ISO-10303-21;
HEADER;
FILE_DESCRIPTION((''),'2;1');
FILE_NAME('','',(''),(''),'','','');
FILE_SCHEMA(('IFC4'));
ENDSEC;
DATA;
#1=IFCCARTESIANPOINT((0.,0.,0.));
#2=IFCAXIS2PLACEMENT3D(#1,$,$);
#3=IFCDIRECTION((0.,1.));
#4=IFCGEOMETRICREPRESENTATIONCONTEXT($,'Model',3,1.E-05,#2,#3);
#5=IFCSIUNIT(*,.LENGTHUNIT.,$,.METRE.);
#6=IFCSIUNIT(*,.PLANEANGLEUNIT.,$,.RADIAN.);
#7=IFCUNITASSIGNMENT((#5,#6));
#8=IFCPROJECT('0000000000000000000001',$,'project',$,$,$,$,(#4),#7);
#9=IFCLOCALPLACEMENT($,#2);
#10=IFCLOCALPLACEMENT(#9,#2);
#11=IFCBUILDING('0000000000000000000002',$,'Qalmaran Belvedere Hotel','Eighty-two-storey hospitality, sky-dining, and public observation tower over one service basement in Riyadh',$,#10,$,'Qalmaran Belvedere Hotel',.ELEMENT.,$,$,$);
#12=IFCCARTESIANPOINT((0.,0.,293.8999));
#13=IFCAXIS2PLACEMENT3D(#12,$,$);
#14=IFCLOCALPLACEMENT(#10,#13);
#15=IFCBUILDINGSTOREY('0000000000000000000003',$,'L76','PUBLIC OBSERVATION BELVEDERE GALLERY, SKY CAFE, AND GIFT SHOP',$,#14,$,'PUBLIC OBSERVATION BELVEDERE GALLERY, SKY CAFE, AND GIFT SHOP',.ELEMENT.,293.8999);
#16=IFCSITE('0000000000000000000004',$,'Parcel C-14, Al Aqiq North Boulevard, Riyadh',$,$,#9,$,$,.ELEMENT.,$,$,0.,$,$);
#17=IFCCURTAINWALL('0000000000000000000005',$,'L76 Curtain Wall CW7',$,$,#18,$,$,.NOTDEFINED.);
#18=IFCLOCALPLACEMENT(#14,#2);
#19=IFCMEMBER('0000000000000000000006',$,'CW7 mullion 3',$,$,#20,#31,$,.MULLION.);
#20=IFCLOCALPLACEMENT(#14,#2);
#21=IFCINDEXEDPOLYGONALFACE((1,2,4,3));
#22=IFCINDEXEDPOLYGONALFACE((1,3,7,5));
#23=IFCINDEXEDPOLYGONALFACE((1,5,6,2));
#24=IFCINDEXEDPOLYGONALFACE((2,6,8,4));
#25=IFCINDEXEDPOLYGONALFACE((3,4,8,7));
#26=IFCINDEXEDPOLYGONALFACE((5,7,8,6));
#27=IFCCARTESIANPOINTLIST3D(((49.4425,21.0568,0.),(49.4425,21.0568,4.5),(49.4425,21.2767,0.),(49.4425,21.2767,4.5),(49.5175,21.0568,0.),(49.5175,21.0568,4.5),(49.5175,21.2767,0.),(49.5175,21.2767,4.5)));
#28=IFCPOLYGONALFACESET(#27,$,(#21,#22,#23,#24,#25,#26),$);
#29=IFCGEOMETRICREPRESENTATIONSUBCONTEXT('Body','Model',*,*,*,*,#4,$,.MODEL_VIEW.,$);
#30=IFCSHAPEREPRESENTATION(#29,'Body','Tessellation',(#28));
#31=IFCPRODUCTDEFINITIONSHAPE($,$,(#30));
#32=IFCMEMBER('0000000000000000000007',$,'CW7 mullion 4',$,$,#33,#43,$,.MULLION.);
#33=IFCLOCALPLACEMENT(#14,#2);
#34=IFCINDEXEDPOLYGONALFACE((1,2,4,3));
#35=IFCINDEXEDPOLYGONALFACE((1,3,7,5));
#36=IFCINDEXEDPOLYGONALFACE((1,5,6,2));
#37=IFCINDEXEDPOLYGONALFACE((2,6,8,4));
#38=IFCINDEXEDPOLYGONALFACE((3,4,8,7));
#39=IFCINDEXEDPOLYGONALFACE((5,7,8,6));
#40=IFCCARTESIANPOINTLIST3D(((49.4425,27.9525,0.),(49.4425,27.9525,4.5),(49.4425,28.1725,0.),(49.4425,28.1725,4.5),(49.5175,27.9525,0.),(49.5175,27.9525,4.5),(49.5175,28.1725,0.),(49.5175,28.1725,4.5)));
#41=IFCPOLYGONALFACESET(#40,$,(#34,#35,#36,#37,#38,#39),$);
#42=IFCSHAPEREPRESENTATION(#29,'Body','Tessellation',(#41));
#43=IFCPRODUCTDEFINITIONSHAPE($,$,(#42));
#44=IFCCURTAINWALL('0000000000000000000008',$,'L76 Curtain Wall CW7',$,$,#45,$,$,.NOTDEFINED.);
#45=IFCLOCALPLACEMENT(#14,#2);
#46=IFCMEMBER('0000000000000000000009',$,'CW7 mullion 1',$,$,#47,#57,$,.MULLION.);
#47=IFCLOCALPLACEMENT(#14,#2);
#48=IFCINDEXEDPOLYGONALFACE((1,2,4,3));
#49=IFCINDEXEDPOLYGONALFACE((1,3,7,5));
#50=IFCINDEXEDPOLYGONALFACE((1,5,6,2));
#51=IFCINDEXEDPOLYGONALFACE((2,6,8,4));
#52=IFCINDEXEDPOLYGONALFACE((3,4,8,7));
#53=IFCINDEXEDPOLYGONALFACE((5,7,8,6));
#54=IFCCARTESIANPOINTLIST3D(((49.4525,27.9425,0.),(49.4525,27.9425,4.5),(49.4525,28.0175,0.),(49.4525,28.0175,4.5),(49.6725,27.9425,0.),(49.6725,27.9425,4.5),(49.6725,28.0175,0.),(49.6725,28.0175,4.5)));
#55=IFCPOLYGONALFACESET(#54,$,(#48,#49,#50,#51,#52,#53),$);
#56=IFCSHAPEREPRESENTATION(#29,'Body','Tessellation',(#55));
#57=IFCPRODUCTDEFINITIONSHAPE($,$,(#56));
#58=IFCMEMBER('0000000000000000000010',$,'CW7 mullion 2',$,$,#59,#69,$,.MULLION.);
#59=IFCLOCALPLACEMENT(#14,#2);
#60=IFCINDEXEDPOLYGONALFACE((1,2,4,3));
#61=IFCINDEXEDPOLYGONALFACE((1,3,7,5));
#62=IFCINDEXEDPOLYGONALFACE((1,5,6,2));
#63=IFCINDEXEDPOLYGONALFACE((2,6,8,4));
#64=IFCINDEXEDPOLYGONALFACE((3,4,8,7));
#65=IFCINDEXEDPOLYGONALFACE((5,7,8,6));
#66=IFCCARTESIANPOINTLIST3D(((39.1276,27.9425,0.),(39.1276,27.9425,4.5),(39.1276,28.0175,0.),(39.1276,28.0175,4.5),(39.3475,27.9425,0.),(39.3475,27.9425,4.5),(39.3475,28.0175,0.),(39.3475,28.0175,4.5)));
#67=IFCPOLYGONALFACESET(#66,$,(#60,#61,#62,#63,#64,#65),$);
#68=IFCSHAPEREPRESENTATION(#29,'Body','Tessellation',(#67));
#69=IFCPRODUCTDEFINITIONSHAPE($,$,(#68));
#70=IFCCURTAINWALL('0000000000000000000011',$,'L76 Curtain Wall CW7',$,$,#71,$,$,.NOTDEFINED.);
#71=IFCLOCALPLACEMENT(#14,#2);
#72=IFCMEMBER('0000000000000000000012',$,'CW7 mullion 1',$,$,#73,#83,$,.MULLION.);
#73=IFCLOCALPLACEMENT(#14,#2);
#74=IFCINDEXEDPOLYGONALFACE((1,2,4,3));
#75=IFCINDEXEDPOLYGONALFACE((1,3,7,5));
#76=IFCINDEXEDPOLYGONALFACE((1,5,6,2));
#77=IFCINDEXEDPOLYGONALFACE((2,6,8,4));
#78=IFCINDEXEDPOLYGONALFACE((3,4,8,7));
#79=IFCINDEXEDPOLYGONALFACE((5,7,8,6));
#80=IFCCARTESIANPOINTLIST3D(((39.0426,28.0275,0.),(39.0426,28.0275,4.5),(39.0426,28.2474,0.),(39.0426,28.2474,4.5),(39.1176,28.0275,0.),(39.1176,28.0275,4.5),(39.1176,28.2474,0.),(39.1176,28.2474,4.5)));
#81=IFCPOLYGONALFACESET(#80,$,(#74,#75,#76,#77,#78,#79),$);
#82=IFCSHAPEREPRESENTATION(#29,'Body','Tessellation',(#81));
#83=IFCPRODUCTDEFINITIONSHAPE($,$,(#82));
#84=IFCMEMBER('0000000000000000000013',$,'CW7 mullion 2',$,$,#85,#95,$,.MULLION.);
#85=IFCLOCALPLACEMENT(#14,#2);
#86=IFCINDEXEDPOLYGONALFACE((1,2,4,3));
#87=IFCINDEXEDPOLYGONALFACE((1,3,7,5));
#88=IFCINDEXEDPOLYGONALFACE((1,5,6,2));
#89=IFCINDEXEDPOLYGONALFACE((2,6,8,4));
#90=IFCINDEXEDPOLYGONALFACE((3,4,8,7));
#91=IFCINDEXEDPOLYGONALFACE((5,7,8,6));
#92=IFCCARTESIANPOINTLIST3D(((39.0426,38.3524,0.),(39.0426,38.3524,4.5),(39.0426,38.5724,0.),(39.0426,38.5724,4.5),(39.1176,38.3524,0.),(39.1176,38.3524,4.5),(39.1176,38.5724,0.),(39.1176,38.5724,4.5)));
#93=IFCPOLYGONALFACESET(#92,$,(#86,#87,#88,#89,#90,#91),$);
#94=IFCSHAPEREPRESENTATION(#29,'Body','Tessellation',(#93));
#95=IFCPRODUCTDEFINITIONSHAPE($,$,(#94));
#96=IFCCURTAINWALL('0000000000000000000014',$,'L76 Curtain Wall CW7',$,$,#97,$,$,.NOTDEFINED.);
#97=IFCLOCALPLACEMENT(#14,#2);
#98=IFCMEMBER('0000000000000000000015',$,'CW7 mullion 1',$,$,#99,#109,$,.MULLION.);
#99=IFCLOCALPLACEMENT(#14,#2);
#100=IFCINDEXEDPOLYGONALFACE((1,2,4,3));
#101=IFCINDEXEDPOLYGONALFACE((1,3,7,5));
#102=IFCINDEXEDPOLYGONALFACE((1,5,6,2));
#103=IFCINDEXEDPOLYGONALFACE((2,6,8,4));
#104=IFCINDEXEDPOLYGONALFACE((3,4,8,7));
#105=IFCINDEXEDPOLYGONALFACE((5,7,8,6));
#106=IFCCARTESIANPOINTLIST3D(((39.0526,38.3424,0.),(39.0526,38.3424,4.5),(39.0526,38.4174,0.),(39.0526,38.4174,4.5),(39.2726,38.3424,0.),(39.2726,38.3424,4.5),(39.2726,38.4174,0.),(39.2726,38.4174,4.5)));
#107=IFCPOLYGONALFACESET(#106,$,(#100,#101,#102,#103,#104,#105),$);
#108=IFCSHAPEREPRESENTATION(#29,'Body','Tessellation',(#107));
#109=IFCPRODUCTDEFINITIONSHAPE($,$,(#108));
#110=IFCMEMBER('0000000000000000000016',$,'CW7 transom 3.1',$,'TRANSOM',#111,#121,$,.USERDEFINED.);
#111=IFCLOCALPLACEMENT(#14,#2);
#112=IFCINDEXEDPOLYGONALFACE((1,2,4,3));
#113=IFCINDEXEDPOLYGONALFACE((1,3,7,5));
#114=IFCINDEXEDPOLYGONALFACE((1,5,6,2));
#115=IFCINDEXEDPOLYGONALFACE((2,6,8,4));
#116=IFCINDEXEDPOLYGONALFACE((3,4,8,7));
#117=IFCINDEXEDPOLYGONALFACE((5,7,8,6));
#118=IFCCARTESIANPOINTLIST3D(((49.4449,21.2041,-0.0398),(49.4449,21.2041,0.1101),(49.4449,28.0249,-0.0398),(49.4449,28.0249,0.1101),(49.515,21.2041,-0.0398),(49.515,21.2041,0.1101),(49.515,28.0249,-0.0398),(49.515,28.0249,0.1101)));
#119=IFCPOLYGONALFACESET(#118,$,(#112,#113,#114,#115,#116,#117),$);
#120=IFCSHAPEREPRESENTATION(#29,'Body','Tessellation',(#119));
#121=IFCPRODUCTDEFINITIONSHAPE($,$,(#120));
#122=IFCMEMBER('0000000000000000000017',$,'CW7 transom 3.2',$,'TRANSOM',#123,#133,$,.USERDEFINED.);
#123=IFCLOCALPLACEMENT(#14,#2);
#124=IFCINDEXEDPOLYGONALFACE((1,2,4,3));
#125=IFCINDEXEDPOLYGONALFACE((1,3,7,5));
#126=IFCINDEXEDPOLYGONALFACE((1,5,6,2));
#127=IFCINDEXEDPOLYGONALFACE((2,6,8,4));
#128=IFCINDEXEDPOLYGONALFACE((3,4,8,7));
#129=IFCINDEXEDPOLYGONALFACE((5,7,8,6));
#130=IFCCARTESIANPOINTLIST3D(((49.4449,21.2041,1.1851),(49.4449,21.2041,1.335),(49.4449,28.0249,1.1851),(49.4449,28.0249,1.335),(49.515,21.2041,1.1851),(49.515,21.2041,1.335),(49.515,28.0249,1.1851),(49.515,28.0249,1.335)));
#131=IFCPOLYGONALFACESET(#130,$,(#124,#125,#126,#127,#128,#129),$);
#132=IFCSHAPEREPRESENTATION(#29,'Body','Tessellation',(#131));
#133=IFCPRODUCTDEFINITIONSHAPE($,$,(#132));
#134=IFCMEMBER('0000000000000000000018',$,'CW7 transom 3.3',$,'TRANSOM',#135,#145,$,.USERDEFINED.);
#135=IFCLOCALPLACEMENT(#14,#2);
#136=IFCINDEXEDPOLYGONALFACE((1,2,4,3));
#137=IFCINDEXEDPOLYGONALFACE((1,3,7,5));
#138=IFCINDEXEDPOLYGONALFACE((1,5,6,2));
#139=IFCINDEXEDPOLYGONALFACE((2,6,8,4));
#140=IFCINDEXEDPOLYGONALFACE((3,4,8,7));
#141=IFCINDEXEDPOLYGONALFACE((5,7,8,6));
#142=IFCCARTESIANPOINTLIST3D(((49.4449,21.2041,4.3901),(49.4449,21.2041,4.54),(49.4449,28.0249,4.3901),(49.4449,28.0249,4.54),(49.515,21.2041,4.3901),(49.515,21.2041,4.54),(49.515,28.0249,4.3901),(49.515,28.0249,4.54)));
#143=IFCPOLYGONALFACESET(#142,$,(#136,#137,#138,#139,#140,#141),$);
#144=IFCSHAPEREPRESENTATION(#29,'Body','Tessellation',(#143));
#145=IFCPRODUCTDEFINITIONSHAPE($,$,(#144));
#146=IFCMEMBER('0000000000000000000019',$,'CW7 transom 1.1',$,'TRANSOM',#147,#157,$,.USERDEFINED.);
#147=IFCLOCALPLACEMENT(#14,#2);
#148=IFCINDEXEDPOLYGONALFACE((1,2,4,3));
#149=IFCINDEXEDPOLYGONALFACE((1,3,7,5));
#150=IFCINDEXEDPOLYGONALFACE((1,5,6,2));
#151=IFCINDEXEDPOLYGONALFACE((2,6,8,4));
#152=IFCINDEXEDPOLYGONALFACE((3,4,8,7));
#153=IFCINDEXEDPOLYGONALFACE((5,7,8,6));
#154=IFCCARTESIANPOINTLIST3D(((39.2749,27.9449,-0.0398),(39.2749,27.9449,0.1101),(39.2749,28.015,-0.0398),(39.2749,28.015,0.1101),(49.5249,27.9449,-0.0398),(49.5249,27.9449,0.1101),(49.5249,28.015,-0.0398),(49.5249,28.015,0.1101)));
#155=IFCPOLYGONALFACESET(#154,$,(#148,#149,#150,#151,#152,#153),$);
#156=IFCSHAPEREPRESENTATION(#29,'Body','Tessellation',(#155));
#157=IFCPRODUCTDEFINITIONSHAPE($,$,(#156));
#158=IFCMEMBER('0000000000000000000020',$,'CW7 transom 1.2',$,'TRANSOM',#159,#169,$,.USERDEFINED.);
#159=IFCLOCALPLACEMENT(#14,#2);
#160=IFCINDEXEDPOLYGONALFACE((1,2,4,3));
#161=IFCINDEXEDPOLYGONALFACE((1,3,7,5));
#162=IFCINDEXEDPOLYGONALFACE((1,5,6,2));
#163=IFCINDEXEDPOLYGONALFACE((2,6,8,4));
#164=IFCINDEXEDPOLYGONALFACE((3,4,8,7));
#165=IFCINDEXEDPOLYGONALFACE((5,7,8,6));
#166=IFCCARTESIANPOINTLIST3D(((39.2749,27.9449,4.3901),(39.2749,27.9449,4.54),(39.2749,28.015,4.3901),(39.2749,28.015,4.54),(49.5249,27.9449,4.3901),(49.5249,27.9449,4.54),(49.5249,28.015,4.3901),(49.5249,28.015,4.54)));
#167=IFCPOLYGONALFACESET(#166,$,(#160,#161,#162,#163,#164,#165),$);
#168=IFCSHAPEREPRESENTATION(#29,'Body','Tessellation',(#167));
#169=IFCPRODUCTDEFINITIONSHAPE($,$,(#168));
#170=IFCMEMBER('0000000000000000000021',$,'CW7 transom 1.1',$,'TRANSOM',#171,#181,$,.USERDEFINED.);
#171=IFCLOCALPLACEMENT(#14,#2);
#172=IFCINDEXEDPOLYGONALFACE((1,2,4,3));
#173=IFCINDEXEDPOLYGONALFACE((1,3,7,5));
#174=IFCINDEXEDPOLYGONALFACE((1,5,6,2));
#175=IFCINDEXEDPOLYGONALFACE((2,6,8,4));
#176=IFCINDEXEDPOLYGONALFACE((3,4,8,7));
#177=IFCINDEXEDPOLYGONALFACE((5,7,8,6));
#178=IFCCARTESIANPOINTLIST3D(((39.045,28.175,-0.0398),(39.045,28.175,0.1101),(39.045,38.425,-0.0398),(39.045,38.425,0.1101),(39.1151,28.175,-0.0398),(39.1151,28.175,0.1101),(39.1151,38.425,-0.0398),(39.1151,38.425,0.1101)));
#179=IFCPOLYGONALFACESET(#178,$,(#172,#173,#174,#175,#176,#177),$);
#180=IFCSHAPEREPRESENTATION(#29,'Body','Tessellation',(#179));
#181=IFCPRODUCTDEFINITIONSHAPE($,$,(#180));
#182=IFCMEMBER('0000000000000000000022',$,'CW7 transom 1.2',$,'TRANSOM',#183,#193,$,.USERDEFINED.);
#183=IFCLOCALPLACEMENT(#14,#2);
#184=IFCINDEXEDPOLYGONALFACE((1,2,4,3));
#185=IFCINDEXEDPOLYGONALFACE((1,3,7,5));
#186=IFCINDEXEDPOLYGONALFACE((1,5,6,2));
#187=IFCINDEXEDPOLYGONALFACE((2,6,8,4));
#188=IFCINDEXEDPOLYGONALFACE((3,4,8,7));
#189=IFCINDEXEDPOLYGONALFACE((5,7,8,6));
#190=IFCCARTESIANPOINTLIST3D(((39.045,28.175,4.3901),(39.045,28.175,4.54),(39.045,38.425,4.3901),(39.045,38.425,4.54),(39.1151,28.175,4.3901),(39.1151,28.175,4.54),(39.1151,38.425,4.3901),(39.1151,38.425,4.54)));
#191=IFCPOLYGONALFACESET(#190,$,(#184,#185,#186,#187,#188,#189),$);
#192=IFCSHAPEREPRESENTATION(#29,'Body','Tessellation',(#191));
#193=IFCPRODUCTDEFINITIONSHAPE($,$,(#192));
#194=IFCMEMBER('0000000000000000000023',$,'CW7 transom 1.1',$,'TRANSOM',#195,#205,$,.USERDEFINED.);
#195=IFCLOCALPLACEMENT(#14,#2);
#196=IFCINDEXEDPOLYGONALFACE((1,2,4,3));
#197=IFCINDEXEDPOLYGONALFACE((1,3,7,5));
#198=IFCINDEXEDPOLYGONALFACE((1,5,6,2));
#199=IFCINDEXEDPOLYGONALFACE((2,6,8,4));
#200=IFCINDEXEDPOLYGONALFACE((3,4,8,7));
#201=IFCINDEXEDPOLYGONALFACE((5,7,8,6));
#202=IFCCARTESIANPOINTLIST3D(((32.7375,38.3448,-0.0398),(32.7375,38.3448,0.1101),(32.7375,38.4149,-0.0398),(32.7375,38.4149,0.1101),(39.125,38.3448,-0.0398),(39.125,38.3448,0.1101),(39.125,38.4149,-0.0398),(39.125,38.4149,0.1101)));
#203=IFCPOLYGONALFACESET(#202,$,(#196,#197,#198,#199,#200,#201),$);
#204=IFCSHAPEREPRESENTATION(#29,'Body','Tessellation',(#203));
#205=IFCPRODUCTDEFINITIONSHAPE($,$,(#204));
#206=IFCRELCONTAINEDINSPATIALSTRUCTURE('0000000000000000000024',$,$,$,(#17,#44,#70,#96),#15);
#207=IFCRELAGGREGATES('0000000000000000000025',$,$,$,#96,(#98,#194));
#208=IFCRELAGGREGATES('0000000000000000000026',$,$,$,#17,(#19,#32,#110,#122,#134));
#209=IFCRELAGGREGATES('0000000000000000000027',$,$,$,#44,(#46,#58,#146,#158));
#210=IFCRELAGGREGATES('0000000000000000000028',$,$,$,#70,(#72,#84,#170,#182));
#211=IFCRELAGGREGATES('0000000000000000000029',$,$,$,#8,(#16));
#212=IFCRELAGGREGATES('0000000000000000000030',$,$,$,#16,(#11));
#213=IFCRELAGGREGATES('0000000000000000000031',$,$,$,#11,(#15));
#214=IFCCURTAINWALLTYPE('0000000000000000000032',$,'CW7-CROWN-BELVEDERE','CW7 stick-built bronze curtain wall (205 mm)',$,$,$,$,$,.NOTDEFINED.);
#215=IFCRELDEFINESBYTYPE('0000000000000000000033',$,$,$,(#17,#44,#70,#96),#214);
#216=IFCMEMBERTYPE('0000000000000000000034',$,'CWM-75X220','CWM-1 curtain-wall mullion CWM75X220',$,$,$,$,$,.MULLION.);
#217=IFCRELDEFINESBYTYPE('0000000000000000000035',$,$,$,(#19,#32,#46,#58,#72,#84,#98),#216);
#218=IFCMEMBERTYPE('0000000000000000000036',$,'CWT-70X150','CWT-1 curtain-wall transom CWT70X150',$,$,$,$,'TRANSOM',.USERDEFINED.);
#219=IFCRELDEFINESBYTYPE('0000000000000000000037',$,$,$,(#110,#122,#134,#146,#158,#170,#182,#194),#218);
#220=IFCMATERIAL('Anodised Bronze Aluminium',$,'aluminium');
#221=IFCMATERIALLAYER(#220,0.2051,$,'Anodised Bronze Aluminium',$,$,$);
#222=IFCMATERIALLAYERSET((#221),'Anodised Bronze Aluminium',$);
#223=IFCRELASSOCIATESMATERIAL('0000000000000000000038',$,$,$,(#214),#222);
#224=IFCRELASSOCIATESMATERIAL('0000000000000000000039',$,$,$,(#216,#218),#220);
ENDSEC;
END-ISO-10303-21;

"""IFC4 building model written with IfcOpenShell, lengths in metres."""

from ifc_helpers import new_model, si_unit, direction, frame, origin, origin_2d, place, context, subcontext, project, spatial, rectangle, extrude, material, layer, layer_set, material_profile, profile_set, type_object, element, aggregate, save


model = new_model("IFC4")

# Units and contexts
model_context = context("Model", 3, precision=1e-05, world=origin(), true_north=direction((0.0, 1.0)))
body_context = subcontext(model_context, "Body", "Model", "MODEL_VIEW")
ifc_project = project(units=[si_unit("LENGTHUNIT", "METRE"), si_unit("PLANEANGLEUNIT", "RADIAN")], contexts=[model_context])

# Site, building, storey
site_placement = place(None, origin())
site = spatial("IfcSite", under=ifc_project, at=site_placement, Name="Parcel C-14, Al Aqiq North Boulevard, Riyadh", CompositionType="ELEMENT", RefElevation=0.0)
building_placement = place(site_placement, origin())
building = spatial("IfcBuilding", under=site, at=building_placement, Name="Qalmaran Belvedere Hotel", Description="Eighty-two-storey hospitality, sky-dining, and public observation tower over one service basement in Riyadh", LongName="Qalmaran Belvedere Hotel", CompositionType="ELEMENT")
storey_placement = place(building_placement, frame((0.0, 0.0, 293.8999)))
storey = spatial("IfcBuildingStorey", under=building, at=storey_placement, Name="L76", Description="PUBLIC OBSERVATION BELVEDERE GALLERY, SKY CAFE, AND GIFT SHOP", LongName="PUBLIC OBSERVATION BELVEDERE GALLERY, SKY CAFE, AND GIFT SHOP", CompositionType="ELEMENT", Elevation=293.8999)

# Curtain walls, members
ifc_material_1 = material(Name="Anodised Bronze Aluminium", Category="aluminium")
ifc_layer_1 = layer(ifc_material_1, 0.2051, Name="Anodised Bronze Aluminium")
ifc_layer_set_1 = layer_set([ifc_layer_1], Name="Anodised Bronze Aluminium")
curtain_wall_type = type_object("IfcCurtainWallType", Name="CW7-CROWN-BELVEDERE", Description="CW7 stick-built bronze curtain wall (205 mm)", PredefinedType="NOTDEFINED", material=ifc_layer_set_1)
curtain_wall_1_placement = place(storey_placement, origin())
curtain_wall_1 = element("IfcCurtainWall", 1, at=curtain_wall_1_placement, inside=storey, type_object=curtain_wall_type, Name="L76 Curtain Wall CW7", PredefinedType="NOTDEFINED")
ifc_material_profile_1 = material_profile(ifc_material_1, rectangle(XDim=0.075, YDim=0.22, at=origin_2d()), Name="CWM75X220")
ifc_profile_set_1 = profile_set([ifc_material_profile_1], Name="Anodised Bronze Aluminium")
member_type_1 = type_object("IfcMemberType", Name="CWM-75X220", Description="CWM-1 curtain-wall mullion CWM75X220", PredefinedType="MULLION", material=ifc_profile_set_1)
member_1_placement = place(storey_placement, frame((49.48, 21.1667, 0.0), z_axis=(0.0, 0.0, 1.0), x_axis=(-1.0, 0.0, 0.0)))
member_1 = element("IfcMember", 2, at=member_1_placement, type_object=member_type_1, Name="CW7 mullion 3", PredefinedType="MULLION", context=body_context, shape_type="SweptSolid", body=[
    extrude(rectangle(XDim=0.075, YDim=0.22, at=origin_2d()), origin(), (0.0, 0.0, 1.0), 4.5),
])
member_2_placement = place(storey_placement, frame((49.48, 28.0625, 0.0), z_axis=(0.0, 0.0, 1.0), x_axis=(-1.0, 0.0, 0.0)))
member_2 = element("IfcMember", 3, at=member_2_placement, type_object=member_type_1, Name="CW7 mullion 4", PredefinedType="MULLION", context=body_context, shape_type="SweptSolid", body=[
    extrude(rectangle(XDim=0.075, YDim=0.22, at=origin_2d()), origin(), (0.0, 0.0, 1.0), 4.5),
])
curtain_wall_2_placement = place(storey_placement, origin())
curtain_wall_2 = element("IfcCurtainWall", 4, at=curtain_wall_2_placement, inside=storey, type_object=curtain_wall_type, Name="L76 Curtain Wall CW7", PredefinedType="NOTDEFINED")
member_3_placement = place(storey_placement, frame((49.5625, 27.98, 0.0), z_axis=(0.0, 0.0, 1.0), x_axis=(0.0, -1.0, 0.0)))
member_3 = element("IfcMember", 5, at=member_3_placement, type_object=member_type_1, Name="CW7 mullion 1", PredefinedType="MULLION", context=body_context, shape_type="SweptSolid", body=[
    extrude(rectangle(XDim=0.075, YDim=0.22, at=origin_2d()), origin(), (0.0, 0.0, 1.0), 4.5),
])
member_4_placement = place(storey_placement, frame((39.2375, 27.98, 0.0), z_axis=(0.0, 0.0, 1.0), x_axis=(0.0, -1.0, 0.0)))
member_4 = element("IfcMember", 6, at=member_4_placement, type_object=member_type_1, Name="CW7 mullion 2", PredefinedType="MULLION", context=body_context, shape_type="SweptSolid", body=[
    extrude(rectangle(XDim=0.075, YDim=0.22, at=origin_2d()), origin(), (0.0, 0.0, 1.0), 4.5),
])
curtain_wall_3_placement = place(storey_placement, origin())
curtain_wall_3 = element("IfcCurtainWall", 7, at=curtain_wall_3_placement, inside=storey, type_object=curtain_wall_type, Name="L76 Curtain Wall CW7", PredefinedType="NOTDEFINED")
member_5_placement = place(storey_placement, frame((39.0801, 28.1375, 0.0), z_axis=(0.0, 0.0, 1.0), x_axis=(-1.0, 0.0, 0.0)))
member_5 = element("IfcMember", 8, at=member_5_placement, type_object=member_type_1, Name="CW7 mullion 1", PredefinedType="MULLION", context=body_context, shape_type="SweptSolid", body=[
    extrude(rectangle(XDim=0.075, YDim=0.22, at=origin_2d()), origin(), (0.0, 0.0, 1.0), 4.5),
])
member_6_placement = place(storey_placement, frame((39.0801, 38.4624, 0.0), z_axis=(0.0, 0.0, 1.0), x_axis=(-1.0, 0.0, 0.0)))
member_6 = element("IfcMember", 9, at=member_6_placement, type_object=member_type_1, Name="CW7 mullion 2", PredefinedType="MULLION", context=body_context, shape_type="SweptSolid", body=[
    extrude(rectangle(XDim=0.075, YDim=0.22, at=origin_2d()), origin(), (0.0, 0.0, 1.0), 4.5),
])

# Curtain wall, member
curtain_wall_4_placement = place(storey_placement, origin())
curtain_wall_4 = element("IfcCurtainWall", 10, at=curtain_wall_4_placement, inside=storey, type_object=curtain_wall_type, Name="L76 Curtain Wall CW7", PredefinedType="NOTDEFINED")
member_7_placement = place(storey_placement, frame((39.1626, 38.3799, 0.0), z_axis=(0.0, 0.0, 1.0), x_axis=(0.0, -1.0, 0.0)))
member_7 = element("IfcMember", 11, at=member_7_placement, type_object=member_type_1, Name="CW7 mullion 1", PredefinedType="MULLION", context=body_context, shape_type="SweptSolid", body=[
    extrude(rectangle(XDim=0.075, YDim=0.22, at=origin_2d()), origin(), (0.0, 0.0, 1.0), 4.5),
])

# Members
ifc_material_profile_2 = material_profile(ifc_material_1, rectangle(XDim=0.0701, YDim=0.1499, at=origin_2d()), Name="CWT70X150")
ifc_profile_set_2 = profile_set([ifc_material_profile_2], Name="Anodised Bronze Aluminium")
member_type_2 = type_object("IfcMemberType", Name="CWT-70X150", Description="CWT-1 curtain-wall transom CWT70X150", ElementType="TRANSOM", PredefinedType="USERDEFINED", material=ifc_profile_set_2)
member_8_placement = place(storey_placement, frame((49.48, 21.2041, 0.0352), z_axis=(0.0, 1.0, 0.0), x_axis=(-1.0, 0.0, 0.0)))
member_8 = element("IfcMember", 12, at=member_8_placement, type_object=member_type_2, Name="CW7 transom 3.1", ObjectType="TRANSOM", PredefinedType="USERDEFINED", context=body_context, shape_type="SweptSolid", body=[
    extrude(rectangle(XDim=0.0701, YDim=0.1499, at=origin_2d()), origin(), (0.0, 0.0, 1.0), 6.8208),
])
member_9_placement = place(storey_placement, frame((49.48, 21.2041, 1.26), z_axis=(0.0, 1.0, 0.0), x_axis=(-1.0, 0.0, 0.0)))
member_9 = element("IfcMember", 13, at=member_9_placement, type_object=member_type_2, Name="CW7 transom 3.2", ObjectType="TRANSOM", PredefinedType="USERDEFINED", context=body_context, shape_type="SweptSolid", body=[
    extrude(rectangle(XDim=0.0701, YDim=0.1499, at=origin_2d()), origin(), (0.0, 0.0, 1.0), 6.8208),
])
member_10_placement = place(storey_placement, frame((49.48, 21.2041, 4.4651), z_axis=(0.0, 1.0, 0.0), x_axis=(-1.0, 0.0, 0.0)))
member_10 = element("IfcMember", 14, at=member_10_placement, type_object=member_type_2, Name="CW7 transom 3.3", ObjectType="TRANSOM", PredefinedType="USERDEFINED", context=body_context, shape_type="SweptSolid", body=[
    extrude(rectangle(XDim=0.0701, YDim=0.1499, at=origin_2d()), origin(), (0.0, 0.0, 1.0), 6.8208),
])
member_11_placement = place(storey_placement, frame((49.5249, 27.98, 0.0352), z_axis=(-1.0, 0.0, 0.0), x_axis=(0.0, -1.0, 0.0)))
member_11 = element("IfcMember", 15, at=member_11_placement, type_object=member_type_2, Name="CW7 transom 1.1", ObjectType="TRANSOM", PredefinedType="USERDEFINED", context=body_context, shape_type="SweptSolid", body=[
    extrude(rectangle(XDim=0.0701, YDim=0.1499, at=origin_2d()), origin(), (0.0, 0.0, 1.0), 10.25),
])
member_12_placement = place(storey_placement, frame((49.5249, 27.98, 4.4651), z_axis=(-1.0, 0.0, 0.0), x_axis=(0.0, -1.0, 0.0)))
member_12 = element("IfcMember", 16, at=member_12_placement, type_object=member_type_2, Name="CW7 transom 1.2", ObjectType="TRANSOM", PredefinedType="USERDEFINED", context=body_context, shape_type="SweptSolid", body=[
    extrude(rectangle(XDim=0.0701, YDim=0.1499, at=origin_2d()), origin(), (0.0, 0.0, 1.0), 10.25),
])
member_13_placement = place(storey_placement, frame((39.0801, 28.175, 0.0352), z_axis=(0.0, 1.0, 0.0), x_axis=(-1.0, 0.0, 0.0)))
member_13 = element("IfcMember", 17, at=member_13_placement, type_object=member_type_2, Name="CW7 transom 1.1", ObjectType="TRANSOM", PredefinedType="USERDEFINED", context=body_context, shape_type="SweptSolid", body=[
    extrude(rectangle(XDim=0.0701, YDim=0.1499, at=origin_2d()), origin(), (0.0, 0.0, 1.0), 10.25),
])
member_14_placement = place(storey_placement, frame((39.0801, 28.175, 4.4651), z_axis=(0.0, 1.0, 0.0), x_axis=(-1.0, 0.0, 0.0)))
member_14 = element("IfcMember", 18, at=member_14_placement, type_object=member_type_2, Name="CW7 transom 1.2", ObjectType="TRANSOM", PredefinedType="USERDEFINED", context=body_context, shape_type="SweptSolid", body=[
    extrude(rectangle(XDim=0.0701, YDim=0.1499, at=origin_2d()), origin(), (0.0, 0.0, 1.0), 10.25),
])
member_15_placement = place(storey_placement, frame((39.125, 38.3799, 0.0352), z_axis=(-1.0, 0.0, 0.0), x_axis=(0.0, -1.0, 0.0)))
member_15 = element("IfcMember", 19, at=member_15_placement, type_object=member_type_2, Name="CW7 transom 1.1", ObjectType="TRANSOM", PredefinedType="USERDEFINED", context=body_context, shape_type="SweptSolid", body=[
    extrude(rectangle(XDim=0.0701, YDim=0.1499, at=origin_2d()), origin(), (0.0, 0.0, 1.0), 6.3875),
])
aggregate(curtain_wall_4, [member_7, member_15])

aggregate(curtain_wall_1, [member_1, member_2, member_8, member_9, member_10])
aggregate(curtain_wall_2, [member_3, member_4, member_11, member_12])
aggregate(curtain_wall_3, [member_5, member_6, member_13, member_14])

save(model, "model.ifc")
